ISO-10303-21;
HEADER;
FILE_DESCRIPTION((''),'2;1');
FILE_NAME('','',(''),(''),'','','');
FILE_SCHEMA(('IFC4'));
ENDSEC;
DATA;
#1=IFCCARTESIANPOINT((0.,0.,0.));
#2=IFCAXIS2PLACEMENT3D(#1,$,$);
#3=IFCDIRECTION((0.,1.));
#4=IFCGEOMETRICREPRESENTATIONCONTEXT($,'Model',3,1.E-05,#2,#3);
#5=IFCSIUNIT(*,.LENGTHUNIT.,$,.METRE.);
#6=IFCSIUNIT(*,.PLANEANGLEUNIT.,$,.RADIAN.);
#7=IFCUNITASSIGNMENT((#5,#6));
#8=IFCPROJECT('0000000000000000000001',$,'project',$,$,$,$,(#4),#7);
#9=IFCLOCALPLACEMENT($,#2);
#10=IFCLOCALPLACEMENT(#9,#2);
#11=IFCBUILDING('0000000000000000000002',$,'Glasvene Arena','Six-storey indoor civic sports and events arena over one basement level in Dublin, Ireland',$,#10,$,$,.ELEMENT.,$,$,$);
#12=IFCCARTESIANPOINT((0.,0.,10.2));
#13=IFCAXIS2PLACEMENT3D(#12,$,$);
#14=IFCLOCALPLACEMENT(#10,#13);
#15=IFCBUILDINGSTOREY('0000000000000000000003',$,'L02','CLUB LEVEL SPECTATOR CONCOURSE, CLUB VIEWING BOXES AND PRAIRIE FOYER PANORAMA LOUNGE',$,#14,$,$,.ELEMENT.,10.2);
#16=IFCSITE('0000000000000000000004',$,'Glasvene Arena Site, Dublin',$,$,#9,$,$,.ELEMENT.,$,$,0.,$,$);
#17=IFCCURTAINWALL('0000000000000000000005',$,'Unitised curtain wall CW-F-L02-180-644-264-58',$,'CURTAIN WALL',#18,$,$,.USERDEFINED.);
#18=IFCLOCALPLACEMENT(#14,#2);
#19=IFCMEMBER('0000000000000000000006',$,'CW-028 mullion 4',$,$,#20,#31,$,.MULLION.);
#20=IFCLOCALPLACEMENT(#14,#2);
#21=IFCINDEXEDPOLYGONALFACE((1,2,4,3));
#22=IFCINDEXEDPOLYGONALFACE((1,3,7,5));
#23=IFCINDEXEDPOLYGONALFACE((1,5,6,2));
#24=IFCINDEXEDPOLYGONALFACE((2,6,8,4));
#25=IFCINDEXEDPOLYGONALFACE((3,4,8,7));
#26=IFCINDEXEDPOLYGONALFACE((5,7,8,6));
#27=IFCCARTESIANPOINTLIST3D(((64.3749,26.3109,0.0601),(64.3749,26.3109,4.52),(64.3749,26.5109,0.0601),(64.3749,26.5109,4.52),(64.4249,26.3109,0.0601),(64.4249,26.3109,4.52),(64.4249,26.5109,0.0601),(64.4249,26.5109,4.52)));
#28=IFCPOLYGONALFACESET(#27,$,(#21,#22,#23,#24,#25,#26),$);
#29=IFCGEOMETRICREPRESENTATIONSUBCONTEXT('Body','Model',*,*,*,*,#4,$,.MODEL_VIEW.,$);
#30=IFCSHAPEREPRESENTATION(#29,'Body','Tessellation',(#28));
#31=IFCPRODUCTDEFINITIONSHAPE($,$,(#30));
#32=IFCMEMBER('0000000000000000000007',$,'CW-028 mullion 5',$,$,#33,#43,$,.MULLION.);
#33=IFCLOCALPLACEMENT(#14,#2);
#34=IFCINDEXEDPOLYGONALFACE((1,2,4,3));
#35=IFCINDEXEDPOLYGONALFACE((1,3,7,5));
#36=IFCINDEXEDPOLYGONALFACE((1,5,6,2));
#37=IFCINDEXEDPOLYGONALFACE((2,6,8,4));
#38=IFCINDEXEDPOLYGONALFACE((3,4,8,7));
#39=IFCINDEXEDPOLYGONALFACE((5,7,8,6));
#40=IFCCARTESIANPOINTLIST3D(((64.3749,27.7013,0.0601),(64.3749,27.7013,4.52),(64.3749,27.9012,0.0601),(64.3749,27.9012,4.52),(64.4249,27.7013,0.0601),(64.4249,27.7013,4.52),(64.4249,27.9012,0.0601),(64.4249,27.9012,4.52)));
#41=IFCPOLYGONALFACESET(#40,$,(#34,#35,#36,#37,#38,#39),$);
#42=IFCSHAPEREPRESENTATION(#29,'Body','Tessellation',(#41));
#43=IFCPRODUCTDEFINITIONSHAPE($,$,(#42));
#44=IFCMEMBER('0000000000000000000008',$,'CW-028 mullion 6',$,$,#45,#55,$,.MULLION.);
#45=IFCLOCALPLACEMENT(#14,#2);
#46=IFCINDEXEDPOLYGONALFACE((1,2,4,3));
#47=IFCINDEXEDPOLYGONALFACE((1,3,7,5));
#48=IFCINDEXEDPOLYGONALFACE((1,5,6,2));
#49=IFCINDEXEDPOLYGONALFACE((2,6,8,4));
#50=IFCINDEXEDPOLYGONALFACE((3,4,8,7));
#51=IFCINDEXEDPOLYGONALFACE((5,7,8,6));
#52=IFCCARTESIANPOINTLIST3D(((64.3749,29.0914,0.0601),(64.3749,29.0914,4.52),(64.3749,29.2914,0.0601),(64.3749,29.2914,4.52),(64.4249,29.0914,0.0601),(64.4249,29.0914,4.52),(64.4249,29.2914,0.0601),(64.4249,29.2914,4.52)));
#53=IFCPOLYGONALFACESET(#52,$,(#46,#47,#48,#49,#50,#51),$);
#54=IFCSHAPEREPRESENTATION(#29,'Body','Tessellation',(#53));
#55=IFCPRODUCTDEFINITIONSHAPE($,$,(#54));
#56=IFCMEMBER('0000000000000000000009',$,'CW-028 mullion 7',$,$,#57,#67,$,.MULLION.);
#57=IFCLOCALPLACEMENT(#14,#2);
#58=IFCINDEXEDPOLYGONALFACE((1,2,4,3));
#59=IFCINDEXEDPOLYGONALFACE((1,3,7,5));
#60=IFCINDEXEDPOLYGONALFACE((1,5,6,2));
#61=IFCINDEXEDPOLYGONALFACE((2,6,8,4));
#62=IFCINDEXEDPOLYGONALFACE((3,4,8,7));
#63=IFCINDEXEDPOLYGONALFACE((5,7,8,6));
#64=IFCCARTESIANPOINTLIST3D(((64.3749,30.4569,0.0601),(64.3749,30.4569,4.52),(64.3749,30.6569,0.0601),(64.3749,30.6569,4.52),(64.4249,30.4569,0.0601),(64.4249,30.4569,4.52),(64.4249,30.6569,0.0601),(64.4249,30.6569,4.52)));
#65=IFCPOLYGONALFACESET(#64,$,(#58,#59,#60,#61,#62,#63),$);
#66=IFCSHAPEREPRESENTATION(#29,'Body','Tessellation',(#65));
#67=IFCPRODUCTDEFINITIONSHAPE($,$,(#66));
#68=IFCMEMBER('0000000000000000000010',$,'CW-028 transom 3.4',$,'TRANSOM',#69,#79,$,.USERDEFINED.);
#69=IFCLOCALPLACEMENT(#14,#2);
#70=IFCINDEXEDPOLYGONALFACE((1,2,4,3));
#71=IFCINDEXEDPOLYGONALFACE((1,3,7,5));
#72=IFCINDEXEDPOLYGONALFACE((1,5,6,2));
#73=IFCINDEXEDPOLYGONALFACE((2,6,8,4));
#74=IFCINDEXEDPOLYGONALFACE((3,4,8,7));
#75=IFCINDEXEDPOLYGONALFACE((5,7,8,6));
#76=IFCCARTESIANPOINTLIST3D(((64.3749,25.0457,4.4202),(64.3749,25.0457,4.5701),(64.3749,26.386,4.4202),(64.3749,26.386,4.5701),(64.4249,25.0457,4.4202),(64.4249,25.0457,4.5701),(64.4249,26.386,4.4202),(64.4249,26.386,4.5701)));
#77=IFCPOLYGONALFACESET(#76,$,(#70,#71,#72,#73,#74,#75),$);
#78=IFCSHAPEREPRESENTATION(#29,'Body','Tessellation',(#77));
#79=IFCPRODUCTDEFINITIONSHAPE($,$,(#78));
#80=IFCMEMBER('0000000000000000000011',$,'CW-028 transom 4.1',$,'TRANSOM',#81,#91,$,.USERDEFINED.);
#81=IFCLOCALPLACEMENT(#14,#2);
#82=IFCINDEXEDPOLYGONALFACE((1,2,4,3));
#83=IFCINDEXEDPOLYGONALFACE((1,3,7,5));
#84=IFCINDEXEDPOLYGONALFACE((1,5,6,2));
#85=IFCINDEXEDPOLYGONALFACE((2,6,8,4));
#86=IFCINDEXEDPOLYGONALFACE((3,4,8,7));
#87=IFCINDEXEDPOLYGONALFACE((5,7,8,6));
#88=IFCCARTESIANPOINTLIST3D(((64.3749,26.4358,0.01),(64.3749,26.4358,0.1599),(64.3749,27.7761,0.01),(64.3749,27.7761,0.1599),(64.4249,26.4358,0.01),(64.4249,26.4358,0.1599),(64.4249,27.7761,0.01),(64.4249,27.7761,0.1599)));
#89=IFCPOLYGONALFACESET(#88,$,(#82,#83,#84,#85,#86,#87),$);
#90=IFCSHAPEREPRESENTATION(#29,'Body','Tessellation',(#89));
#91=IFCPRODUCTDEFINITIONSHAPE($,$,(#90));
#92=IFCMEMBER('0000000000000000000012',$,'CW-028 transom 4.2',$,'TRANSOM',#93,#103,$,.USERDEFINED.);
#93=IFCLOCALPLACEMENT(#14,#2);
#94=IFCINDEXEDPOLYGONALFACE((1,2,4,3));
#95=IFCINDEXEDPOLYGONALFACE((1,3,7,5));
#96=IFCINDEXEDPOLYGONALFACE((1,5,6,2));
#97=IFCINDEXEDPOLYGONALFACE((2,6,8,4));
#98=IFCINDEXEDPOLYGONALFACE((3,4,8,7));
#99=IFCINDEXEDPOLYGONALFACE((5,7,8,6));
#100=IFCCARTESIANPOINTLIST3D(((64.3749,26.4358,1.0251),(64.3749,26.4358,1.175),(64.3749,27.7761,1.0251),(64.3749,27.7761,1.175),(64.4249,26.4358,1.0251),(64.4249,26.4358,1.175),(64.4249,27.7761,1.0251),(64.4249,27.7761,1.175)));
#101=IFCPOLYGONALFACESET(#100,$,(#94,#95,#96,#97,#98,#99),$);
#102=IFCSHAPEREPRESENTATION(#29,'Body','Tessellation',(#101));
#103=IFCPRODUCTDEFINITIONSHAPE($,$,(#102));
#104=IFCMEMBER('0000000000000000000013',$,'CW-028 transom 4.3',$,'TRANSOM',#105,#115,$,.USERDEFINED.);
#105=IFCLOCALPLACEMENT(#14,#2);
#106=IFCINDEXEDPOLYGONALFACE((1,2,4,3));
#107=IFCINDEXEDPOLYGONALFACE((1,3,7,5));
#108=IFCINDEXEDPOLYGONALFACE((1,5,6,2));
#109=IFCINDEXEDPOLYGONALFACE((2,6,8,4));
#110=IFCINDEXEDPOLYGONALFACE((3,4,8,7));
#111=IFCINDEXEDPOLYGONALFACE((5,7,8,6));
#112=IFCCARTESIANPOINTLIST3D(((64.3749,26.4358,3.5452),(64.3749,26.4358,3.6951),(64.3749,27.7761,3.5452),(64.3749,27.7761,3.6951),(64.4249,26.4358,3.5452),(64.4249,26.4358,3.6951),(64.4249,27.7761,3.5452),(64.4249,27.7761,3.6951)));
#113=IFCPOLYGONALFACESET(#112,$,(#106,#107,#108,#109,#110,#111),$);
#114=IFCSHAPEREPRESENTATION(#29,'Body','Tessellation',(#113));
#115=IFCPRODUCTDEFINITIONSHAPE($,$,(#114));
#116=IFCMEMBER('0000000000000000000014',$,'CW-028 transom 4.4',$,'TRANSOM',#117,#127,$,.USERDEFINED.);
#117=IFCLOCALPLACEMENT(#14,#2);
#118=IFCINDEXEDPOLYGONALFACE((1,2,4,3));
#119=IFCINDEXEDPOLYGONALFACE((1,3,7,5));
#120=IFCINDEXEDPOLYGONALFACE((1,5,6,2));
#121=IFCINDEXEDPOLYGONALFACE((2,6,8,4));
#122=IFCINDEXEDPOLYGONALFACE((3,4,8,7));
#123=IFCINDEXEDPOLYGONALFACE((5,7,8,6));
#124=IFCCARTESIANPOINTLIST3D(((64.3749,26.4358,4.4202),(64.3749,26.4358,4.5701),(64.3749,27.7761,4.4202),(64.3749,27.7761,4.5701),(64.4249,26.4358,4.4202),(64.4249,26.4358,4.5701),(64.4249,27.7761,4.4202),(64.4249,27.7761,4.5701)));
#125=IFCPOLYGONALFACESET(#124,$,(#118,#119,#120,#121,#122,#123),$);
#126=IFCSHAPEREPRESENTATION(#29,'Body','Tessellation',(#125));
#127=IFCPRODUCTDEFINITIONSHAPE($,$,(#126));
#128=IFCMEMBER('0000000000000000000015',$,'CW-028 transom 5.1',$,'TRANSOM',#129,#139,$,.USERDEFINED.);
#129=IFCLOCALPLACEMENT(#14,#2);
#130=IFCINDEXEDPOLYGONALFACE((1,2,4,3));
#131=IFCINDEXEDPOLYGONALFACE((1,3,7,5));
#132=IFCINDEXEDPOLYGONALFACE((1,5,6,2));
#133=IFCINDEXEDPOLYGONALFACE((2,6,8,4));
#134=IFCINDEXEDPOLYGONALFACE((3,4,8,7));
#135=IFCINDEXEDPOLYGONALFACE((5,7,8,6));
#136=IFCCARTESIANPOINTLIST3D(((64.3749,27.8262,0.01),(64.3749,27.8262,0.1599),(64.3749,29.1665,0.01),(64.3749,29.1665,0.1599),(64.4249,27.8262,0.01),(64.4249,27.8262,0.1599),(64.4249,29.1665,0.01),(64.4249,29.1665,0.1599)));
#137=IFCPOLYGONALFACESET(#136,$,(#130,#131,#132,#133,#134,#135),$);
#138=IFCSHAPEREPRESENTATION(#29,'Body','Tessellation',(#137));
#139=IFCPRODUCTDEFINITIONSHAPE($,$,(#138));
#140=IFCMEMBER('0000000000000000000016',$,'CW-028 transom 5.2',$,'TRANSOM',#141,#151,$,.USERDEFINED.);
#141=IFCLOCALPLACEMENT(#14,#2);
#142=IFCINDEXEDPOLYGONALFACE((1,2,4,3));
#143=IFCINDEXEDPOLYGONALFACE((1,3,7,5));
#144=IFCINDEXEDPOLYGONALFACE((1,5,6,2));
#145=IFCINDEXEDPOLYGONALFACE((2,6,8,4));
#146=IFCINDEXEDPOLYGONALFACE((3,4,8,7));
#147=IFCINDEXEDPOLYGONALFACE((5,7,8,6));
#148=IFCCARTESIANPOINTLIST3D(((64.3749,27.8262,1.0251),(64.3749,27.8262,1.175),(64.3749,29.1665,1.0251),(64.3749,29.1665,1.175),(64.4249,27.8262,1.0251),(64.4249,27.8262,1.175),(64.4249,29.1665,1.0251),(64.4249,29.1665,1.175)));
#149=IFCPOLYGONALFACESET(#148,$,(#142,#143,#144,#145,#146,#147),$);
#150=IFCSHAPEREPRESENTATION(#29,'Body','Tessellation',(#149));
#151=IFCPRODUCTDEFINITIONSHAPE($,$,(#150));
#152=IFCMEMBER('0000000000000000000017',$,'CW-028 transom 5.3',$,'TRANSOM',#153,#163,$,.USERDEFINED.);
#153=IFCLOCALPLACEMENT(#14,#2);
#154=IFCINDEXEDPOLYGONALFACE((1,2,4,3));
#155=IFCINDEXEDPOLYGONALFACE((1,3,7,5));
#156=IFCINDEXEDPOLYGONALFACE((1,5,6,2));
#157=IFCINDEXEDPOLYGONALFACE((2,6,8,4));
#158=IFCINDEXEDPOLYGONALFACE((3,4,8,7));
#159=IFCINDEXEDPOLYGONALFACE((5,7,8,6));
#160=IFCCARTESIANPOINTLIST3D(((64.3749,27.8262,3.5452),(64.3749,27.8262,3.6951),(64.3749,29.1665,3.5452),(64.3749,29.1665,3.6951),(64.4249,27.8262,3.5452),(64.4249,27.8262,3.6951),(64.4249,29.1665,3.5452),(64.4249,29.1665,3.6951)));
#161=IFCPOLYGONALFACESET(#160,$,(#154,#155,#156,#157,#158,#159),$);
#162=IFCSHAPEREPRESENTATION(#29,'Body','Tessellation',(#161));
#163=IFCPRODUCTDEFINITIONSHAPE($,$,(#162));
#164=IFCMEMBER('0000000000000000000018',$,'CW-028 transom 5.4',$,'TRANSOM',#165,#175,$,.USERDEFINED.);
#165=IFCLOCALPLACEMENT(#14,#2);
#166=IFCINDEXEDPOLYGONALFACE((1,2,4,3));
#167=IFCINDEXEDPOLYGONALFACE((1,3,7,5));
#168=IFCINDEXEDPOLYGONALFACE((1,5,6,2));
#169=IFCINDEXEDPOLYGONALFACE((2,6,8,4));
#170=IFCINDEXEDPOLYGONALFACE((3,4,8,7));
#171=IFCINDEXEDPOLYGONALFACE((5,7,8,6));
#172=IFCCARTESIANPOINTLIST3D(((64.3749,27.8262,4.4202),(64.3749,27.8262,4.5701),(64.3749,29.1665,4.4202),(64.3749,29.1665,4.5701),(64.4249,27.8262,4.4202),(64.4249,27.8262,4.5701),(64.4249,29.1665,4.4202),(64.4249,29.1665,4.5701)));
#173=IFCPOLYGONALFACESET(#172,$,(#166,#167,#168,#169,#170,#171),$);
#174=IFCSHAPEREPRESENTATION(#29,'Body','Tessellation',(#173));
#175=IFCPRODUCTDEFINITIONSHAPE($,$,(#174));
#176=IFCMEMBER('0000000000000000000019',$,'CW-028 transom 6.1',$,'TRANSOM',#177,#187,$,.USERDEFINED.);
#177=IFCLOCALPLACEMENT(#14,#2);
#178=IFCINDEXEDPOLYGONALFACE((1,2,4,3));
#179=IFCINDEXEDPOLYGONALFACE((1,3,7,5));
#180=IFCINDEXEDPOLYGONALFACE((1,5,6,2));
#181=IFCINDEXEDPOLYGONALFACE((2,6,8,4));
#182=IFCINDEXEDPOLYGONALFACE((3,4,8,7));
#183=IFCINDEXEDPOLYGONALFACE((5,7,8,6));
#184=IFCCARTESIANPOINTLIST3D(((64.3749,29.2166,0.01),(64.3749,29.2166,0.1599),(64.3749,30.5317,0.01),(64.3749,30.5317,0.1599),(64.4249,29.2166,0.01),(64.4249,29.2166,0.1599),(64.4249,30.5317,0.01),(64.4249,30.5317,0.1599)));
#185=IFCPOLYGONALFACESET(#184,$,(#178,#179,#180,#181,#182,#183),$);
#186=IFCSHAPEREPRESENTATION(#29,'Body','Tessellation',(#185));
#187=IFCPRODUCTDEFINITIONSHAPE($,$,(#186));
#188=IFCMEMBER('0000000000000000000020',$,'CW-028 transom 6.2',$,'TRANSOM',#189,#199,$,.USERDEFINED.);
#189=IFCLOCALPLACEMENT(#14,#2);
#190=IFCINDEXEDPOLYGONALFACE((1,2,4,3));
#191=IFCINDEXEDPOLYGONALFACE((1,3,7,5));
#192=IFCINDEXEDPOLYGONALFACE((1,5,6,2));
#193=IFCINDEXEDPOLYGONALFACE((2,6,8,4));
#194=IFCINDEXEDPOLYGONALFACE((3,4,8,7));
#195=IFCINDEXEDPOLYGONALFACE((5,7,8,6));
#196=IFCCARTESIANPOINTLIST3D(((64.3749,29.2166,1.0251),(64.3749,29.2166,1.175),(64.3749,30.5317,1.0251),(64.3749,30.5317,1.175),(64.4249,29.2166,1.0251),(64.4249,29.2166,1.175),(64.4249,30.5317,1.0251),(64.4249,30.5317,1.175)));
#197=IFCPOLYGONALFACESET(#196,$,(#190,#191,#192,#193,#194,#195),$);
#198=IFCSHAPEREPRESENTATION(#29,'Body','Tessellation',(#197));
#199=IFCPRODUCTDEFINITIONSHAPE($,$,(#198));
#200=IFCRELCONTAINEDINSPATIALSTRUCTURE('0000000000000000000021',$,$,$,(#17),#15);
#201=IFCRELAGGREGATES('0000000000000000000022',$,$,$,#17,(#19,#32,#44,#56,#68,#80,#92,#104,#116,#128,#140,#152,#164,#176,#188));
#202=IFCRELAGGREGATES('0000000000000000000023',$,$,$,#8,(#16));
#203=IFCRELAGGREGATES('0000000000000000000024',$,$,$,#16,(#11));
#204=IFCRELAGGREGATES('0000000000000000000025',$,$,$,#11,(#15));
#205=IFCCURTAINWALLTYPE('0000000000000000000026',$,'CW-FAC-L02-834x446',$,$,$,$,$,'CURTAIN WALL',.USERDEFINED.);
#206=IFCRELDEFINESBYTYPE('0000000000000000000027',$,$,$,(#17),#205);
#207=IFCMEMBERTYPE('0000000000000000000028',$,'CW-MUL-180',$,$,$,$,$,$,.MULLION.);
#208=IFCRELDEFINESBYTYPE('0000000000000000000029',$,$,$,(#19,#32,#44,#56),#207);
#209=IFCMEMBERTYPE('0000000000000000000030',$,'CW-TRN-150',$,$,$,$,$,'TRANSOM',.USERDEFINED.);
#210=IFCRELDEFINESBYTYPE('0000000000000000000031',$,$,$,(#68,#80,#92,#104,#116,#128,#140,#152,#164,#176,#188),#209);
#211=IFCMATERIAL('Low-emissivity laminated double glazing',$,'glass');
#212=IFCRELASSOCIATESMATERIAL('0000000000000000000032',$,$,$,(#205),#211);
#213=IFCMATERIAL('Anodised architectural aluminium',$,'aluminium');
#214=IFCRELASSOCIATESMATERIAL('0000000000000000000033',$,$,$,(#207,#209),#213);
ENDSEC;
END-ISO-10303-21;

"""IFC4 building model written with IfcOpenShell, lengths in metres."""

from ifc_helpers import new_model, si_unit, direction, frame, origin, origin_2d, place, context, subcontext, project, spatial, rectangle, extrude, material, material_profile, profile_set, type_object, element, aggregate, save


model = new_model("IFC4")

# Units and contexts
model_context = context("Model", 3, precision=1e-05, world=origin(), true_north=direction((0.0, 1.0)))
body_context = subcontext(model_context, "Body", "Model", "MODEL_VIEW")
ifc_project = project(units=[si_unit("LENGTHUNIT", "METRE"), si_unit("PLANEANGLEUNIT", "RADIAN")], contexts=[model_context])

# Site, building, storey
site_placement = place(None, origin())
site = spatial("IfcSite", under=ifc_project, at=site_placement, Name="Glasvene Arena Site, Dublin", CompositionType="ELEMENT", RefElevation=0.0)
building_placement = place(site_placement, origin())
building = spatial("IfcBuilding", under=site, at=building_placement, Name="Glasvene Arena", Description="Six-storey indoor civic sports and events arena over one basement level in Dublin, Ireland", CompositionType="ELEMENT")
storey_placement = place(building_placement, frame((0.0, 0.0, 10.2)))
storey = spatial("IfcBuildingStorey", under=building, at=storey_placement, Name="L02", Description="CLUB LEVEL SPECTATOR CONCOURSE, CLUB VIEWING BOXES AND PRAIRIE FOYER PANORAMA LOUNGE", CompositionType="ELEMENT", Elevation=10.2)

# Curtain wall, members
ifc_material_1 = material(Name="Low-emissivity laminated double glazing", Category="glass")
curtain_wall_type = type_object("IfcCurtainWallType", Name="CW-FAC-L02-834x446", ElementType="CURTAIN WALL", PredefinedType="USERDEFINED", material=ifc_material_1)
curtain_wall_placement = place(storey_placement, frame((64.3999, 22.24, 0.0)))
curtain_wall = element("IfcCurtainWall", 1, at=curtain_wall_placement, inside=storey, type_object=curtain_wall_type, Name="Unitised curtain wall CW-F-L02-180-644-264-58", ObjectType="CURTAIN WALL", PredefinedType="USERDEFINED")
ifc_material_2 = material(Name="Anodised architectural aluminium", Category="aluminium")
ifc_material_profile_1 = material_profile(ifc_material_2, rectangle(XDim=0.05, YDim=0.2, at=origin_2d()), Name="ALU MULLION 50x200")
ifc_profile_set_1 = profile_set([ifc_material_profile_1], Name="Anodised architectural aluminium")
member_type_1 = type_object("IfcMemberType", Name="CW-MUL-180", PredefinedType="MULLION", material=ifc_profile_set_1)
member_1_placement = place(storey_placement, frame((64.3999, 26.4109, 0.0601), z_axis=(0.0, 0.0, 1.0), x_axis=(-1.0, 0.0, 0.0)))
member_1 = element("IfcMember", 2, at=member_1_placement, type_object=member_type_1, Name="CW-028 mullion 4", PredefinedType="MULLION", context=body_context, shape_type="SweptSolid", body=[
    extrude(rectangle(XDim=0.05, YDim=0.2, at=origin_2d()), origin(), (0.0, 0.0, 1.0), 4.46),
])
member_2_placement = place(storey_placement, frame((64.3999, 27.8013, 0.0601), z_axis=(0.0, 0.0, 1.0), x_axis=(-1.0, 0.0, 0.0)))
member_2 = element("IfcMember", 3, at=member_2_placement, type_object=member_type_1, Name="CW-028 mullion 5", PredefinedType="MULLION", context=body_context, shape_type="SweptSolid", body=[
    extrude(rectangle(XDim=0.05, YDim=0.2, at=origin_2d()), origin(), (0.0, 0.0, 1.0), 4.46),
])
member_3_placement = place(storey_placement, frame((64.3999, 29.1914, 0.0601), z_axis=(0.0, 0.0, 1.0), x_axis=(-1.0, 0.0, 0.0)))
member_3 = element("IfcMember", 4, at=member_3_placement, type_object=member_type_1, Name="CW-028 mullion 6", PredefinedType="MULLION", context=body_context, shape_type="SweptSolid", body=[
    extrude(rectangle(XDim=0.05, YDim=0.2, at=origin_2d()), origin(), (0.0, 0.0, 1.0), 4.46),
])
member_4_placement = place(storey_placement, frame((64.3999, 30.5569, 0.0601), z_axis=(0.0, 0.0, 1.0), x_axis=(-1.0, 0.0, 0.0)))
member_4 = element("IfcMember", 5, at=member_4_placement, type_object=member_type_1, Name="CW-028 mullion 7", PredefinedType="MULLION", context=body_context, shape_type="SweptSolid", body=[
    extrude(rectangle(XDim=0.05, YDim=0.2, at=origin_2d()), origin(), (0.0, 0.0, 1.0), 4.46),
])
ifc_material_profile_2 = material_profile(ifc_material_2, rectangle(XDim=0.05, YDim=0.1499, at=origin_2d()), Name="ALU TRANSOM 50x150")
ifc_profile_set_2 = profile_set([ifc_material_profile_2], Name="Anodised architectural aluminium")
member_type_2 = type_object("IfcMemberType", Name="CW-TRN-150", ElementType="TRANSOM", PredefinedType="USERDEFINED", material=ifc_profile_set_2)
member_5_placement = place(storey_placement, frame((64.3999, 25.0457, 4.4951), z_axis=(0.0, 1.0, 0.0), x_axis=(-1.0, 0.0, 0.0)))
member_5 = element("IfcMember", 6, at=member_5_placement, type_object=member_type_2, Name="CW-028 transom 3.4", ObjectType="TRANSOM", PredefinedType="USERDEFINED", context=body_context, shape_type="SweptSolid", body=[
    extrude(rectangle(XDim=0.05, YDim=0.1499, at=origin_2d()), origin(), (0.0, 0.0, 1.0), 1.3403),
])
member_6_placement = place(storey_placement, frame((64.3999, 26.4358, 0.085), z_axis=(0.0, 1.0, 0.0), x_axis=(-1.0, 0.0, 0.0)))
member_6 = element("IfcMember", 7, at=member_6_placement, type_object=member_type_2, Name="CW-028 transom 4.1", ObjectType="TRANSOM", PredefinedType="USERDEFINED", context=body_context, shape_type="SweptSolid", body=[
    extrude(rectangle(XDim=0.05, YDim=0.1499, at=origin_2d()), origin(), (0.0, 0.0, 1.0), 1.3403),
])
member_7_placement = place(storey_placement, frame((64.3999, 26.4358, 1.1001), z_axis=(0.0, 1.0, 0.0), x_axis=(-1.0, 0.0, 0.0)))
member_7 = element("IfcMember", 8, at=member_7_placement, type_object=member_type_2, Name="CW-028 transom 4.2", ObjectType="TRANSOM", PredefinedType="USERDEFINED", context=body_context, shape_type="SweptSolid", body=[
    extrude(rectangle(XDim=0.05, YDim=0.1499, at=origin_2d()), origin(), (0.0, 0.0, 1.0), 1.3403),
])
member_8_placement = place(storey_placement, frame((64.3999, 26.4358, 3.6201), z_axis=(0.0, 1.0, 0.0), x_axis=(-1.0, 0.0, 0.0)))
member_8 = element("IfcMember", 9, at=member_8_placement, type_object=member_type_2, Name="CW-028 transom 4.3", ObjectType="TRANSOM", PredefinedType="USERDEFINED", context=body_context, shape_type="SweptSolid", body=[
    extrude(rectangle(XDim=0.05, YDim=0.1499, at=origin_2d()), origin(), (0.0, 0.0, 1.0), 1.3403),
])
member_9_placement = place(storey_placement, frame((64.3999, 26.4358, 4.4951), z_axis=(0.0, 1.0, 0.0), x_axis=(-1.0, 0.0, 0.0)))
member_9 = element("IfcMember", 10, at=member_9_placement, type_object=member_type_2, Name="CW-028 transom 4.4", ObjectType="TRANSOM", PredefinedType="USERDEFINED", context=body_context, shape_type="SweptSolid", body=[
    extrude(rectangle(XDim=0.05, YDim=0.1499, at=origin_2d()), origin(), (0.0, 0.0, 1.0), 1.3403),
])
member_10_placement = place(storey_placement, frame((64.3999, 27.8262, 0.085), z_axis=(0.0, 1.0, 0.0), x_axis=(-1.0, 0.0, 0.0)))
member_10 = element("IfcMember", 11, at=member_10_placement, type_object=member_type_2, Name="CW-028 transom 5.1", ObjectType="TRANSOM", PredefinedType="USERDEFINED", context=body_context, shape_type="SweptSolid", body=[
    extrude(rectangle(XDim=0.05, YDim=0.1499, at=origin_2d()), origin(), (0.0, 0.0, 1.0), 1.3403),
])
member_11_placement = place(storey_placement, frame((64.3999, 27.8262, 1.1001), z_axis=(0.0, 1.0, 0.0), x_axis=(-1.0, 0.0, 0.0)))
member_11 = element("IfcMember", 12, at=member_11_placement, type_object=member_type_2, Name="CW-028 transom 5.2", ObjectType="TRANSOM", PredefinedType="USERDEFINED", context=body_context, shape_type="SweptSolid", body=[
    extrude(rectangle(XDim=0.05, YDim=0.1499, at=origin_2d()), origin(), (0.0, 0.0, 1.0), 1.3403),
])
member_12_placement = place(storey_placement, frame((64.3999, 27.8262, 3.6201), z_axis=(0.0, 1.0, 0.0), x_axis=(-1.0, 0.0, 0.0)))
member_12 = element("IfcMember", 13, at=member_12_placement, type_object=member_type_2, Name="CW-028 transom 5.3", ObjectType="TRANSOM", PredefinedType="USERDEFINED", context=body_context, shape_type="SweptSolid", body=[
    extrude(rectangle(XDim=0.05, YDim=0.1499, at=origin_2d()), origin(), (0.0, 0.0, 1.0), 1.3403),
])
member_13_placement = place(storey_placement, frame((64.3999, 27.8262, 4.4951), z_axis=(0.0, 1.0, 0.0), x_axis=(-1.0, 0.0, 0.0)))
member_13 = element("IfcMember", 14, at=member_13_placement, type_object=member_type_2, Name="CW-028 transom 5.4", ObjectType="TRANSOM", PredefinedType="USERDEFINED", context=body_context, shape_type="SweptSolid", body=[
    extrude(rectangle(XDim=0.05, YDim=0.1499, at=origin_2d()), origin(), (0.0, 0.0, 1.0), 1.3403),
])
member_14_placement = place(storey_placement, frame((64.3999, 29.2166, 0.085), z_axis=(0.0, 1.0, 0.0), x_axis=(-1.0, 0.0, 0.0)))
member_14 = element("IfcMember", 15, at=member_14_placement, type_object=member_type_2, Name="CW-028 transom 6.1", ObjectType="TRANSOM", PredefinedType="USERDEFINED", context=body_context, shape_type="SweptSolid", body=[
    extrude(rectangle(XDim=0.05, YDim=0.1499, at=origin_2d()), origin(), (0.0, 0.0, 1.0), 1.3152),
])
member_15_placement = place(storey_placement, frame((64.3999, 29.2166, 1.1001), z_axis=(0.0, 1.0, 0.0), x_axis=(-1.0, 0.0, 0.0)))
member_15 = element("IfcMember", 16, at=member_15_placement, type_object=member_type_2, Name="CW-028 transom 6.2", ObjectType="TRANSOM", PredefinedType="USERDEFINED", context=body_context, shape_type="SweptSolid", body=[
    extrude(rectangle(XDim=0.05, YDim=0.1499, at=origin_2d()), origin(), (0.0, 0.0, 1.0), 1.3152),
])
aggregate(curtain_wall, [member_1, member_2, member_3, member_4, member_5, member_6, member_7, member_8, member_9, member_10, member_11, member_12, member_13, member_14, member_15])

save(model, "model.ifc")
